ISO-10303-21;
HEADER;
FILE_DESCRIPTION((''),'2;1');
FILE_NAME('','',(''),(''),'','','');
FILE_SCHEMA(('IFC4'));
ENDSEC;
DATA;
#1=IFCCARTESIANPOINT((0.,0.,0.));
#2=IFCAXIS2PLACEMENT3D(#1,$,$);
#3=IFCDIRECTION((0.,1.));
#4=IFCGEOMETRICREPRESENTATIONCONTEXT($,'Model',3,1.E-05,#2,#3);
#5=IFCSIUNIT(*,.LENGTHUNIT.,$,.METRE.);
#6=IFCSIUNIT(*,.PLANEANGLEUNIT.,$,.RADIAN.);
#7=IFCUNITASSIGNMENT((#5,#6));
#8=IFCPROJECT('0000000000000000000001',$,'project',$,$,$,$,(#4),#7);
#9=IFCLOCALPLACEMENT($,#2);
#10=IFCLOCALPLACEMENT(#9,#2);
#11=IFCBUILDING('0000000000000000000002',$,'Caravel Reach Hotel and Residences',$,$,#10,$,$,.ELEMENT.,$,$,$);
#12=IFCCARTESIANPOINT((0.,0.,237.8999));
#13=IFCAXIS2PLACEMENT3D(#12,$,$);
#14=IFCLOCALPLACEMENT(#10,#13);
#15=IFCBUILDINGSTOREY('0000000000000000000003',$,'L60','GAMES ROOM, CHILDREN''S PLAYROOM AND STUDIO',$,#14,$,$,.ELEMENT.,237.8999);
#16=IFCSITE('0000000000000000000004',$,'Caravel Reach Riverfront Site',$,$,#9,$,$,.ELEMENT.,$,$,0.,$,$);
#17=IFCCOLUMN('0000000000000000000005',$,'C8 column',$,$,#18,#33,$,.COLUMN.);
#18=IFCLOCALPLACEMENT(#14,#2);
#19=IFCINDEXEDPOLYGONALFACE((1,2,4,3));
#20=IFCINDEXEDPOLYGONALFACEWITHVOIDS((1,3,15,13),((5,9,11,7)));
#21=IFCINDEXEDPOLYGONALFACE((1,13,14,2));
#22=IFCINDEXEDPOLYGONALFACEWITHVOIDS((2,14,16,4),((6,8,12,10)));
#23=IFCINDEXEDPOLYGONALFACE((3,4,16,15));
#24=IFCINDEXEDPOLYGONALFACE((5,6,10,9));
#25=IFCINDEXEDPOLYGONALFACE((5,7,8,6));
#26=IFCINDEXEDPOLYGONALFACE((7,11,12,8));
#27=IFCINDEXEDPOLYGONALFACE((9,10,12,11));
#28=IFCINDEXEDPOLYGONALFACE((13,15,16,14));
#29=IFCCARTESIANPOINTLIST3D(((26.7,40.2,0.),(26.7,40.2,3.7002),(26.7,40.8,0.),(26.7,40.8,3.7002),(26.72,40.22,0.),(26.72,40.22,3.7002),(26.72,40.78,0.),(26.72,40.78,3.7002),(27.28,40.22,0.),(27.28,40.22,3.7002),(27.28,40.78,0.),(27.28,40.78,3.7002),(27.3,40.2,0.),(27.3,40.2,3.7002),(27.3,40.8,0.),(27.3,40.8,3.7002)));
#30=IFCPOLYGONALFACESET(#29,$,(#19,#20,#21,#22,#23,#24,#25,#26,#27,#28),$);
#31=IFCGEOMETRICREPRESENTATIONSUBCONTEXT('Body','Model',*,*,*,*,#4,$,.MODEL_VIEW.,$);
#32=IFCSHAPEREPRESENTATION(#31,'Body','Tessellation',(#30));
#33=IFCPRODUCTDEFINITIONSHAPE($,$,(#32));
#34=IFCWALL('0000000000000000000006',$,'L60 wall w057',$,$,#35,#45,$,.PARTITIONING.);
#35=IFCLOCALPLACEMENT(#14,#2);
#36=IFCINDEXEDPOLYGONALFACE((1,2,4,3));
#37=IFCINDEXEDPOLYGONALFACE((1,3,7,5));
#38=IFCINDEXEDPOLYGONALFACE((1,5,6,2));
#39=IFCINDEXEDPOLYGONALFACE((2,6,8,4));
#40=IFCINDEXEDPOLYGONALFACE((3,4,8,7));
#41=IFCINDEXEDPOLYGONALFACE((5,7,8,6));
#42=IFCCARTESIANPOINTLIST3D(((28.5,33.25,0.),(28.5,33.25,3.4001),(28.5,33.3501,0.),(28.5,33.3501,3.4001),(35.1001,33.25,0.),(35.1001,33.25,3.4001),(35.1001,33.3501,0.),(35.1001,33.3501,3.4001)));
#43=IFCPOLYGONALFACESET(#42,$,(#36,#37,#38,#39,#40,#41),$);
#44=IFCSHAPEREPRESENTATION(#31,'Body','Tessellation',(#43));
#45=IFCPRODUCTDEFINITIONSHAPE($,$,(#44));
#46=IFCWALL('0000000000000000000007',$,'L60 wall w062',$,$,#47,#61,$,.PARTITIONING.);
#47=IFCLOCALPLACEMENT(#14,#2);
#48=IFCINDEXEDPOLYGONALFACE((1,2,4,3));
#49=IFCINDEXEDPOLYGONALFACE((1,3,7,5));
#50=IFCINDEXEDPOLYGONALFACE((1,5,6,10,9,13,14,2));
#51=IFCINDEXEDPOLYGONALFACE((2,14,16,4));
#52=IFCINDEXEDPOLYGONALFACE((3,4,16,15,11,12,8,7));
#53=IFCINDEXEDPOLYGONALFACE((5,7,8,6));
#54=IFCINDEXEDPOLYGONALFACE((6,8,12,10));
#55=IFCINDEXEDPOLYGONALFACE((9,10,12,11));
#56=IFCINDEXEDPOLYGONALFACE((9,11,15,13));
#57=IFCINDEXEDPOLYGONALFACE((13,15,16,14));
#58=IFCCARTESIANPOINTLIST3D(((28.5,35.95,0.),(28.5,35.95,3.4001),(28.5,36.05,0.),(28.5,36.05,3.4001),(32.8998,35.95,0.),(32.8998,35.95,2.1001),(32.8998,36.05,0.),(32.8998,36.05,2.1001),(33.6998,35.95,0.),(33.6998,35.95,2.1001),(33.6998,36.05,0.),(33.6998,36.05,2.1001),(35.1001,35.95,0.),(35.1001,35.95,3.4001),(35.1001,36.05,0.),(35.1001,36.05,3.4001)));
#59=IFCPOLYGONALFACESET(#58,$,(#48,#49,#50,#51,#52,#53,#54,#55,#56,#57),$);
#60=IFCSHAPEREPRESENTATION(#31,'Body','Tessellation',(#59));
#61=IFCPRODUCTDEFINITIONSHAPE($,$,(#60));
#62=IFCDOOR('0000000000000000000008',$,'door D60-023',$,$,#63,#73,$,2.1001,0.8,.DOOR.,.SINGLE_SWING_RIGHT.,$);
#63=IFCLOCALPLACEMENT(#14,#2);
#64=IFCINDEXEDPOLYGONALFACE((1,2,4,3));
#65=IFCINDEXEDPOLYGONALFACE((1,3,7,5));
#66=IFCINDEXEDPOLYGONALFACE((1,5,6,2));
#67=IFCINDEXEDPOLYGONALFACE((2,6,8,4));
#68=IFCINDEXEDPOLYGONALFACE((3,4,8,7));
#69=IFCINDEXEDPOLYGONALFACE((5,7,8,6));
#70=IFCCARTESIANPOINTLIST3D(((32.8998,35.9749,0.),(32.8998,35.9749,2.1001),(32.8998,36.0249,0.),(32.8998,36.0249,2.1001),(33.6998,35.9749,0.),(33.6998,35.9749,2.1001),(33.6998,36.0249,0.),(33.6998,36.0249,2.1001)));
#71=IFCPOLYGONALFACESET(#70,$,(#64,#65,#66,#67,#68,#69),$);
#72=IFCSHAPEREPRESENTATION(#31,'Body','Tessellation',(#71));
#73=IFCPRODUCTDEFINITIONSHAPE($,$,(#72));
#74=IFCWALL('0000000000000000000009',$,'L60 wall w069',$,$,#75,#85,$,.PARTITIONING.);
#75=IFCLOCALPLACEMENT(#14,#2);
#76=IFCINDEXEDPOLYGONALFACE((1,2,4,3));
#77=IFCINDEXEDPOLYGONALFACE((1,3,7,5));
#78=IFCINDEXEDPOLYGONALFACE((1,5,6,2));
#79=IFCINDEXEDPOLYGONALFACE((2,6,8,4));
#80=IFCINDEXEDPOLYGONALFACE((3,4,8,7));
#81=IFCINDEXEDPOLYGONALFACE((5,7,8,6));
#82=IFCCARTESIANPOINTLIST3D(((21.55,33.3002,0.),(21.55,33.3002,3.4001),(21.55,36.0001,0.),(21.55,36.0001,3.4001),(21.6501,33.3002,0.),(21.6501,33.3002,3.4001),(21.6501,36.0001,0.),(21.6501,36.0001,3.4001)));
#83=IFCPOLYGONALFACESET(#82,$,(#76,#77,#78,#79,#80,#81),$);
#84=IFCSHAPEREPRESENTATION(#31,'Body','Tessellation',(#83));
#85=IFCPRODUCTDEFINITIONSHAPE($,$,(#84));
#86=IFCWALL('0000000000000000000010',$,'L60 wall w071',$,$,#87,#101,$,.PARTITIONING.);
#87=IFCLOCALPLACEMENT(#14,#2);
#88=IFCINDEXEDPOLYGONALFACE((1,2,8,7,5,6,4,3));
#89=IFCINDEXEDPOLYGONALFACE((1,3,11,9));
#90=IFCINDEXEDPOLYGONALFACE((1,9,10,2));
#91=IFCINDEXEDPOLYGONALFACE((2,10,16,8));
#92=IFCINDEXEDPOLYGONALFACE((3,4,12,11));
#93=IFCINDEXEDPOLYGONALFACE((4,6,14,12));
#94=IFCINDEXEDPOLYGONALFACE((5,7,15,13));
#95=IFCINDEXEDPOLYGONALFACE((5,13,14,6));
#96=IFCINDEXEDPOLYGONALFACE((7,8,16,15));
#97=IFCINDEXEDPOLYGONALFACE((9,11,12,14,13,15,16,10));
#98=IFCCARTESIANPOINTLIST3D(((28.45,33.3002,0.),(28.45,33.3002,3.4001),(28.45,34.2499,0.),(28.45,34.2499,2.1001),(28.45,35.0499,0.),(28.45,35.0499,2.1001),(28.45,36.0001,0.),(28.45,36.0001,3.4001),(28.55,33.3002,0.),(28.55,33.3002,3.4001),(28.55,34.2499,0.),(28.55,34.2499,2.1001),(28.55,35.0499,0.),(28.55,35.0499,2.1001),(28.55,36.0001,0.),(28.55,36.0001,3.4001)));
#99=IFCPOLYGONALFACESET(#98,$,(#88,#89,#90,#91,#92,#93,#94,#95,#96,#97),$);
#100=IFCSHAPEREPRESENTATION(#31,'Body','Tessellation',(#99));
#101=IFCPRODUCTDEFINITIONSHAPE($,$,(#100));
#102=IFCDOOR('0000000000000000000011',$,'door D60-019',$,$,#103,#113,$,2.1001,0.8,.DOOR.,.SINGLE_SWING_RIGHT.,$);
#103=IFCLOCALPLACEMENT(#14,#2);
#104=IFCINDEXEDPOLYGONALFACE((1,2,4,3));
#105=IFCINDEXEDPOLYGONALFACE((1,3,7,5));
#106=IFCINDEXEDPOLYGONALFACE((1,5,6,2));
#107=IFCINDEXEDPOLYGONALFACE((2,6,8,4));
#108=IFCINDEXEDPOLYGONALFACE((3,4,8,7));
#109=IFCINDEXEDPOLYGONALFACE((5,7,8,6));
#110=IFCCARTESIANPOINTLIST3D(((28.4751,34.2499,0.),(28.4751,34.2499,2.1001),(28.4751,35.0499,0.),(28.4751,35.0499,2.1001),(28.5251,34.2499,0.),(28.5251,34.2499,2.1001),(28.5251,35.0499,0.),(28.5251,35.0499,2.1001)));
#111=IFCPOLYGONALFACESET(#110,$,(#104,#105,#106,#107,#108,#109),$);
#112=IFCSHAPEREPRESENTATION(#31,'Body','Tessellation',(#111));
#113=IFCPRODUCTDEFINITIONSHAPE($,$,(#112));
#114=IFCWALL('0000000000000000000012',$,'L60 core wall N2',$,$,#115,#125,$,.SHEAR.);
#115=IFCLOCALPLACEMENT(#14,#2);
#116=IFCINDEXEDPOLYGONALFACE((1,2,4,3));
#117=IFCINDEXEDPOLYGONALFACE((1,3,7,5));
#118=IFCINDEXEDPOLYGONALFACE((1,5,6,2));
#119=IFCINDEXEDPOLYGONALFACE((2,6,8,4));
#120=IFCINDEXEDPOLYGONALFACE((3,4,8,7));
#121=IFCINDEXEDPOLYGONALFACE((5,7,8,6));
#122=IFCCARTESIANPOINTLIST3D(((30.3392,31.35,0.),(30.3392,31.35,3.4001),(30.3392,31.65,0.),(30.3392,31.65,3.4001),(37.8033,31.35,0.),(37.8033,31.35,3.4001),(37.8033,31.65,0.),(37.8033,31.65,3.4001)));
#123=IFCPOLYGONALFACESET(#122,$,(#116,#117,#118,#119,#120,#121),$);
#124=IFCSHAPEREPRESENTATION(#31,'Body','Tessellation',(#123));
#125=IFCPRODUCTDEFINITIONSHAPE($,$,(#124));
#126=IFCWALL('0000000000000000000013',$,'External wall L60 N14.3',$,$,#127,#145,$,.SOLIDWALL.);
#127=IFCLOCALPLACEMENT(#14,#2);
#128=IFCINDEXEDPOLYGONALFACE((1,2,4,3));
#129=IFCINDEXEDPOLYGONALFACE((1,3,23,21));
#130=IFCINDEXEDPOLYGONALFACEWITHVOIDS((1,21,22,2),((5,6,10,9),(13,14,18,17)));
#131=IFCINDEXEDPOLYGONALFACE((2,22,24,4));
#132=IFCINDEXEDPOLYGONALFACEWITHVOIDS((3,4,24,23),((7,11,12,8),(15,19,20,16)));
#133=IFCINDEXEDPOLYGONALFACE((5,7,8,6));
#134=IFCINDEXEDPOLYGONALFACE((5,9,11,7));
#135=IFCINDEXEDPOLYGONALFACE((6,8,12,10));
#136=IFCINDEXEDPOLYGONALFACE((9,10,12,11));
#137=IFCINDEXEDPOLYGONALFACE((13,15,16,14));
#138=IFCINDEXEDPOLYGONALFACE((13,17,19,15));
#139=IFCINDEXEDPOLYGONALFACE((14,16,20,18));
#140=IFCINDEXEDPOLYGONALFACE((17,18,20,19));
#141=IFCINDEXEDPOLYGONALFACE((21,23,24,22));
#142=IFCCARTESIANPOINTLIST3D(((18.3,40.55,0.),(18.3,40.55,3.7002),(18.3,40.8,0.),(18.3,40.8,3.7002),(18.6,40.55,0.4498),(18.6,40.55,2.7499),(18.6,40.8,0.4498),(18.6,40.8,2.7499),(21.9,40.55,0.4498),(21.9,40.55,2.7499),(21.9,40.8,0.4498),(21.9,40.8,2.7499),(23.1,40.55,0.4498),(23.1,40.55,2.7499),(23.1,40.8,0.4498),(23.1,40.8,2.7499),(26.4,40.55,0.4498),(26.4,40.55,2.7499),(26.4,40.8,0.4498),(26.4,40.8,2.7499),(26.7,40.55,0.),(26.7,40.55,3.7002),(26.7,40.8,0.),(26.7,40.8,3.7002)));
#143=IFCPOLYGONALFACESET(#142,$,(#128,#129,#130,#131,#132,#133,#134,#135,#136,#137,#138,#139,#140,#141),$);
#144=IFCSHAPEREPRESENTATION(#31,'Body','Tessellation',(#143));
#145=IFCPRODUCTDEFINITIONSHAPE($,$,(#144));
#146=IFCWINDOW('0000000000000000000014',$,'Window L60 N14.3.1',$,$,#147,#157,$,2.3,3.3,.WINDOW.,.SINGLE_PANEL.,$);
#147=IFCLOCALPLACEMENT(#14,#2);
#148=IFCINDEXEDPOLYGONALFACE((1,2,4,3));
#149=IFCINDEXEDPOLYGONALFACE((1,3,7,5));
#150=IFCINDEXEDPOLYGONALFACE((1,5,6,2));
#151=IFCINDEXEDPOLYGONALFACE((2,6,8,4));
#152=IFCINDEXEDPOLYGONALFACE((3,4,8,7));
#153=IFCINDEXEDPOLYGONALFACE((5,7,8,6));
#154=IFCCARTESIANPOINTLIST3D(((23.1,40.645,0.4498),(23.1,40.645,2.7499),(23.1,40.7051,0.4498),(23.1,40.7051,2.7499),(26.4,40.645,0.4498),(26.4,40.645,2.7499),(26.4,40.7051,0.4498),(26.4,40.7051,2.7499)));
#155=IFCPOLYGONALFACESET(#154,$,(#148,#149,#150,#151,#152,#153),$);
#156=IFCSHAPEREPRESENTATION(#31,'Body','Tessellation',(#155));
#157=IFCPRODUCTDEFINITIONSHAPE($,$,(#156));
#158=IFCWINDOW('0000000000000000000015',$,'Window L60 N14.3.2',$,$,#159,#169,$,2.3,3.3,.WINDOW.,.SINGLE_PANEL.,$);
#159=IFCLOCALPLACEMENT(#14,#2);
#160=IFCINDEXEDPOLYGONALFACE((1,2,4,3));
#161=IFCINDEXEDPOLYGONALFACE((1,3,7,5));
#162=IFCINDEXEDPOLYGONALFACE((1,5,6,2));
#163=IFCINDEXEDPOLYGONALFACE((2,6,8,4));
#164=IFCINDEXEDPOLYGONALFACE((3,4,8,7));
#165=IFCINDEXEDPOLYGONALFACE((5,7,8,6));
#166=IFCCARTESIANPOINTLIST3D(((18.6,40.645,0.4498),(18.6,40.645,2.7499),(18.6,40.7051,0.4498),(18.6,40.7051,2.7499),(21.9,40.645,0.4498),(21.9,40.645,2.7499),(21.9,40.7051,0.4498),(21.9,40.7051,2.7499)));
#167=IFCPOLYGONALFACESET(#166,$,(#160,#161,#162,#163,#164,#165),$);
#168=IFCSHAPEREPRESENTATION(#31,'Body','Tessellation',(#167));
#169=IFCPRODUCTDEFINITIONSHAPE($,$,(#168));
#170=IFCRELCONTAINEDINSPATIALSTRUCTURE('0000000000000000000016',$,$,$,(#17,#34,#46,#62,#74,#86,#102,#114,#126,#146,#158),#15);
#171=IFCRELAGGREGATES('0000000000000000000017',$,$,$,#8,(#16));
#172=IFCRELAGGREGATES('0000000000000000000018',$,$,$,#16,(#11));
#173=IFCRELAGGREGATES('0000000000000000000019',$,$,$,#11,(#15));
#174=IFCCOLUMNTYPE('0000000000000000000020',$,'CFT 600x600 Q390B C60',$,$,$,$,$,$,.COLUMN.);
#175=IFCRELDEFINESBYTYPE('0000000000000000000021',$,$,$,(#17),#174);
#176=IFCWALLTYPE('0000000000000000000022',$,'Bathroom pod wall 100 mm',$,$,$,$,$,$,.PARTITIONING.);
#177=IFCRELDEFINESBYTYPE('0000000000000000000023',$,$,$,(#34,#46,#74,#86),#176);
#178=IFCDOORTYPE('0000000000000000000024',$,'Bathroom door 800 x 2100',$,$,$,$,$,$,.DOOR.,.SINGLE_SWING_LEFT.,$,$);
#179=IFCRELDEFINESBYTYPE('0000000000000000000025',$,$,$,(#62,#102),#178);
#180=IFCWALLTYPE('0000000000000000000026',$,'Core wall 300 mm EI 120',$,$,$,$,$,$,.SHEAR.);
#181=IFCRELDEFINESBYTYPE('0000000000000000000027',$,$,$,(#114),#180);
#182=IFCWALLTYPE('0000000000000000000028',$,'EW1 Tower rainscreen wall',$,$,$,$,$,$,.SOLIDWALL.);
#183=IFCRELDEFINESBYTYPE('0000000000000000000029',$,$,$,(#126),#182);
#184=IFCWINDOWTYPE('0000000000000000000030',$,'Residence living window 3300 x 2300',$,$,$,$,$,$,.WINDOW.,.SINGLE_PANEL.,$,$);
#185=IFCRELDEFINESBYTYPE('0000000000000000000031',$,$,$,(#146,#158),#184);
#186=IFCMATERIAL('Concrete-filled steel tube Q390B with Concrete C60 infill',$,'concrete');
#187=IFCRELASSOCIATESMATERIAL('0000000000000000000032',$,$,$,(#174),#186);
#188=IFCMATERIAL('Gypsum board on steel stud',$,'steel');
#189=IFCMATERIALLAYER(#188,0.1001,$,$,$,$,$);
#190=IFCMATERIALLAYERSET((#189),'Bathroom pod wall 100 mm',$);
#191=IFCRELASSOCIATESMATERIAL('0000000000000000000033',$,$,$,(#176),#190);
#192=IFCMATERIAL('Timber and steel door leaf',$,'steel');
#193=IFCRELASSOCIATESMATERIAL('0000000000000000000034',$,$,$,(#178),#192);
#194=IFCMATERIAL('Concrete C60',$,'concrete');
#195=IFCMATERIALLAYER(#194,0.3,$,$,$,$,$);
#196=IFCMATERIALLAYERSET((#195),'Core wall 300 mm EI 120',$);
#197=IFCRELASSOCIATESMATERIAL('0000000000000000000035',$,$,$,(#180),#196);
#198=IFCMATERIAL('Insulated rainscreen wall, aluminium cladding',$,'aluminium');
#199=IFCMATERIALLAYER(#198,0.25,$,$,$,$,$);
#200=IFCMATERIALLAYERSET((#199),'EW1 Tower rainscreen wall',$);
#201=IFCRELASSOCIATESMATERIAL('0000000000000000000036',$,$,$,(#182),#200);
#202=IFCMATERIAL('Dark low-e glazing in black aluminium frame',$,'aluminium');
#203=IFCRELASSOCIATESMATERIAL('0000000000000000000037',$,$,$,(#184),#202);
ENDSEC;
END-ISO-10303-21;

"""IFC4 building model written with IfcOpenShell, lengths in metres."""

from ifc_helpers import new_model, si_unit, direction, frame, frame_2d, origin, origin_2d, place, context, subcontext, project, spatial, rectangle, hollow_rectangle, extrude, material, layer, layer_set, material_profile, profile_set, type_object, element, fill, save


model = new_model("IFC4")

# Units and contexts
model_context = context("Model", 3, precision=1e-05, world=origin(), true_north=direction((0.0, 1.0)))
body_context = subcontext(model_context, "Body", "Model", "MODEL_VIEW")
ifc_project = project(units=[si_unit("LENGTHUNIT", "METRE"), si_unit("PLANEANGLEUNIT", "RADIAN")], contexts=[model_context])

# Site, building, storey
site_placement = place(None, origin())
site = spatial("IfcSite", under=ifc_project, at=site_placement, Name="Caravel Reach Riverfront Site", CompositionType="ELEMENT", RefElevation=0.0)
building_placement = place(site_placement, origin())
building = spatial("IfcBuilding", under=site, at=building_placement, Name="Caravel Reach Hotel and Residences", CompositionType="ELEMENT")
storey_placement = place(building_placement, frame((0.0, 0.0, 237.8999)))
storey = spatial("IfcBuildingStorey", under=building, at=storey_placement, Name="L60", Description="GAMES ROOM, CHILDREN'S PLAYROOM AND STUDIO", CompositionType="ELEMENT", Elevation=237.8999)

# Column
ifc_material_1 = material(Name="Concrete-filled steel tube Q390B with Concrete C60 infill", Category="concrete")
ifc_material_profile = material_profile(ifc_material_1, hollow_rectangle(XDim=0.6001, YDim=0.6001, WallThickness=0.02, at=origin_2d()), Name="RHS 600x600x20")
ifc_profile_set = profile_set([ifc_material_profile], Name="Concrete-filled steel tube Q390B with Concrete C60 infill")
column_type = type_object("IfcColumnType", Name="CFT 600x600 Q390B C60", PredefinedType="COLUMN", material=ifc_profile_set)
column_placement = place(storey_placement, frame((27.0, 40.5, 0.0), z_axis=(0.0, 0.0, 1.0), x_axis=(1.0, 0.0, 0.0)))
element("IfcColumn", 1, at=column_placement, inside=storey, type_object=column_type, Name="C8 column", PredefinedType="COLUMN", context=body_context, shape_type="SweptSolid", body=[
    extrude(hollow_rectangle(XDim=0.6001, YDim=0.6001, WallThickness=0.02, at=origin_2d()), origin(), (0.0, 0.0, 1.0), 3.7002),
])

# Wall
ifc_material_2 = material(Name="Gypsum board on steel stud", Category="steel")
ifc_layer_1 = layer(ifc_material_2, 0.1001)
ifc_layer_set_1 = layer_set([ifc_layer_1], Name="Bathroom pod wall 100 mm")
wall_type_1 = type_object("IfcWallType", Name="Bathroom pod wall 100 mm", PredefinedType="PARTITIONING", material=ifc_layer_set_1)
wall_1_placement = place(storey_placement, frame((28.5, 33.3, 0.0), z_axis=(0.0, 0.0, 1.0), x_axis=(1.0, 0.0, 0.0)))
element("IfcWall", 2, at=wall_1_placement, inside=storey, type_object=wall_type_1, Name="L60 wall w057", PredefinedType="PARTITIONING", context=body_context, shape_type="SweptSolid", body=[
    extrude(rectangle(XDim=6.6001, YDim=0.1001, at=frame_2d((3.3, 0.0))), origin(), (0.0, 0.0, 1.0), 3.4001),
])

# Wall, opening, door
wall_2_placement = place(storey_placement, frame((28.5, 36.0, 0.0), z_axis=(0.0, 0.0, 1.0), x_axis=(1.0, 0.0, 0.0)))
wall_2 = element("IfcWall", 3, at=wall_2_placement, inside=storey, type_object=wall_type_1, Name="L60 wall w062", PredefinedType="PARTITIONING", context=body_context, shape_type="SweptSolid", body=[
    extrude(rectangle(XDim=6.6001, YDim=0.1001, at=frame_2d((3.3, 0.0))), origin(), (0.0, 0.0, 1.0), 3.4001),
])
opening_1_placement = place(wall_2_placement, frame((4.3999, 0.0, 0.0)))
opening_1 = element("IfcOpeningElement", 4, at=opening_1_placement, cuts=wall_2, PredefinedType="OPENING", context=body_context, shape_type="SweptSolid", body=[
    extrude(rectangle(XDim=0.8, YDim=2.1001, at=frame_2d((0.3999, 1.05))), frame((0.0, 0.0601, 0.0), z_axis=(0.0, -1.0, 0.0), x_axis=(1.0, 0.0, 0.0)), (0.0, 0.0, 1.0), 0.1201),
])
ifc_material_3 = material(Name="Timber and steel door leaf", Category="steel")
door_type_1 = type_object("IfcDoorType", Name="Bathroom door 800 x 2100", OperationType="SINGLE_SWING_LEFT", PredefinedType="DOOR", material=ifc_material_3)
door_1_placement = place(opening_1_placement, origin())
door_1 = element("IfcDoor", 5, at=door_1_placement, inside=storey, type_object=door_type_1, Name="door D60-023", OperationType="SINGLE_SWING_RIGHT", OverallHeight=2.1001, OverallWidth=0.8, PredefinedType="DOOR", context=body_context, shape_type="SweptSolid", body=[
    extrude(rectangle(XDim=0.8, YDim=2.1001, at=frame_2d((0.3999, 1.05))), frame((0.0, 0.0249, 0.0), z_axis=(0.0, -1.0, 0.0), x_axis=(1.0, 0.0, 0.0)), (0.0, 0.0, 1.0), 0.05),
])
fill(opening_1, door_1)

# Wall
wall_3_placement = place(storey_placement, frame((21.6001, 33.3, 0.0), z_axis=(0.0, 0.0, 1.0), x_axis=(0.0, 1.0, 0.0)))
element("IfcWall", 6, at=wall_3_placement, inside=storey, type_object=wall_type_1, Name="L60 wall w069", PredefinedType="PARTITIONING", context=body_context, shape_type="SweptSolid", body=[
    extrude(rectangle(XDim=2.7, YDim=0.1001, at=frame_2d((1.3501, 0.0))), origin(), (0.0, 0.0, 1.0), 3.4001),
])

# Wall, opening, door
wall_4_placement = place(storey_placement, frame((28.5, 33.3, 0.0), z_axis=(0.0, 0.0, 1.0), x_axis=(0.0, 1.0, 0.0)))
wall_4 = element("IfcWall", 7, at=wall_4_placement, inside=storey, type_object=wall_type_1, Name="L60 wall w071", PredefinedType="PARTITIONING", context=body_context, shape_type="SweptSolid", body=[
    extrude(rectangle(XDim=2.7, YDim=0.1001, at=frame_2d((1.3501, 0.0))), origin(), (0.0, 0.0, 1.0), 3.4001),
])
opening_2_placement = place(wall_4_placement, frame((0.95, 0.0, 0.0)))
opening_2 = element("IfcOpeningElement", 8, at=opening_2_placement, cuts=wall_4, PredefinedType="OPENING", context=body_context, shape_type="SweptSolid", body=[
    extrude(rectangle(XDim=0.8, YDim=2.1001, at=frame_2d((0.3999, 1.05))), frame((0.0, 0.0601, 0.0), z_axis=(0.0, -1.0, 0.0), x_axis=(1.0, 0.0, 0.0)), (0.0, 0.0, 1.0), 0.1201),
])
door_2_placement = place(opening_2_placement, origin())
door_2 = element("IfcDoor", 9, at=door_2_placement, inside=storey, type_object=door_type_1, Name="door D60-019", OperationType="SINGLE_SWING_RIGHT", OverallHeight=2.1001, OverallWidth=0.8, PredefinedType="DOOR", context=body_context, shape_type="SweptSolid", body=[
    extrude(rectangle(XDim=0.8, YDim=2.1001, at=frame_2d((0.3999, 1.05))), frame((0.0, 0.0249, 0.0), z_axis=(0.0, -1.0, 0.0), x_axis=(1.0, 0.0, 0.0)), (0.0, 0.0, 1.0), 0.05),
])
fill(opening_2, door_2)

# Wall
ifc_material_4 = material(Name="Concrete C60", Category="concrete")
ifc_layer_2 = layer(ifc_material_4, 0.3)
ifc_layer_set_2 = layer_set([ifc_layer_2], Name="Core wall 300 mm EI 120")
wall_type_2 = type_object("IfcWallType", Name="Core wall 300 mm EI 120", PredefinedType="SHEAR", material=ifc_layer_set_2)
wall_5_placement = place(storey_placement, frame((30.3394, 31.5, 0.0), z_axis=(0.0, 0.0, 1.0), x_axis=(1.0, 0.0, 0.0)))
element("IfcWall", 10, at=wall_5_placement, inside=storey, type_object=wall_type_2, Name="L60 core wall N2", PredefinedType="SHEAR", context=body_context, shape_type="SweptSolid", body=[
    extrude(rectangle(XDim=7.4641, YDim=0.3, at=frame_2d((3.7319, 0.0))), origin(), (0.0, 0.0, 1.0), 3.4001),
])

# Wall, openings, windows
ifc_material_5 = material(Name="Insulated rainscreen wall, aluminium cladding", Category="aluminium")
ifc_layer_3 = layer(ifc_material_5, 0.25)
ifc_layer_set_3 = layer_set([ifc_layer_3], Name="EW1 Tower rainscreen wall")
wall_type_3 = type_object("IfcWallType", Name="EW1 Tower rainscreen wall", PredefinedType="SOLIDWALL", material=ifc_layer_set_3)
wall_6_placement = place(storey_placement, frame((26.7, 40.675, 0.0), z_axis=(0.0, 0.0, 1.0), x_axis=(-1.0, 0.0, 0.0)))
wall_6 = element("IfcWall", 11, at=wall_6_placement, inside=storey, type_object=wall_type_3, Name="External wall L60 N14.3", PredefinedType="SOLIDWALL", context=body_context, shape_type="SweptSolid", body=[
    extrude(rectangle(XDim=8.3999, YDim=0.25, at=frame_2d((4.2, 0.0))), origin(), (0.0, 0.0, 1.0), 3.7002),
])
opening_3_placement = place(wall_6_placement, frame((0.3, 0.0, 0.45)))
opening_3 = element("IfcOpeningElement", 12, at=opening_3_placement, cuts=wall_6, PredefinedType="OPENING", context=body_context, shape_type="SweptSolid", body=[
    extrude(rectangle(XDim=3.3, YDim=2.3, at=frame_2d((1.6499, 1.1499))), frame((0.0, 0.135, 0.0), z_axis=(0.0, -1.0, 0.0), x_axis=(1.0, 0.0, 0.0)), (0.0, 0.0, 1.0), 0.27),
])
opening_4_placement = place(wall_6_placement, frame((4.8, 0.0, 0.45)))
opening_4 = element("IfcOpeningElement", 13, at=opening_4_placement, cuts=wall_6, PredefinedType="OPENING", context=body_context, shape_type="SweptSolid", body=[
    extrude(rectangle(XDim=3.3, YDim=2.3, at=frame_2d((1.6499, 1.1499))), frame((0.0, 0.135, 0.0), z_axis=(0.0, -1.0, 0.0), x_axis=(1.0, 0.0, 0.0)), (0.0, 0.0, 1.0), 0.27),
])
ifc_material_6 = material(Name="Dark low-e glazing in black aluminium frame", Category="aluminium")
window_type = type_object("IfcWindowType", Name="Residence living window 3300 x 2300", PartitioningType="SINGLE_PANEL", PredefinedType="WINDOW", material=ifc_material_6)
window_1_placement = place(opening_3_placement, origin())
window_1 = element("IfcWindow", 14, at=window_1_placement, inside=storey, type_object=window_type, Name="Window L60 N14.3.1", OverallHeight=2.3, OverallWidth=3.3, PartitioningType="SINGLE_PANEL", PredefinedType="WINDOW", context=body_context, shape_type="SweptSolid", body=[
    extrude(rectangle(XDim=3.3, YDim=2.3, at=frame_2d((1.6499, 1.1499))), frame((0.0, 0.03, 0.0), z_axis=(0.0, -1.0, 0.0), x_axis=(1.0, 0.0, 0.0)), (0.0, 0.0, 1.0), 0.0601),
])
fill(opening_3, window_1)
window_2_placement = place(opening_4_placement, origin())
window_2 = element("IfcWindow", 15, at=window_2_placement, inside=storey, type_object=window_type, Name="Window L60 N14.3.2", OverallHeight=2.3, OverallWidth=3.3, PartitioningType="SINGLE_PANEL", PredefinedType="WINDOW", context=body_context, shape_type="SweptSolid", body=[
    extrude(rectangle(XDim=3.3, YDim=2.3, at=frame_2d((1.6499, 1.1499))), frame((0.0, 0.03, 0.0), z_axis=(0.0, -1.0, 0.0), x_axis=(1.0, 0.0, 0.0)), (0.0, 0.0, 1.0), 0.0601),
])
fill(opening_4, window_2)

save(model, "model.ifc")
